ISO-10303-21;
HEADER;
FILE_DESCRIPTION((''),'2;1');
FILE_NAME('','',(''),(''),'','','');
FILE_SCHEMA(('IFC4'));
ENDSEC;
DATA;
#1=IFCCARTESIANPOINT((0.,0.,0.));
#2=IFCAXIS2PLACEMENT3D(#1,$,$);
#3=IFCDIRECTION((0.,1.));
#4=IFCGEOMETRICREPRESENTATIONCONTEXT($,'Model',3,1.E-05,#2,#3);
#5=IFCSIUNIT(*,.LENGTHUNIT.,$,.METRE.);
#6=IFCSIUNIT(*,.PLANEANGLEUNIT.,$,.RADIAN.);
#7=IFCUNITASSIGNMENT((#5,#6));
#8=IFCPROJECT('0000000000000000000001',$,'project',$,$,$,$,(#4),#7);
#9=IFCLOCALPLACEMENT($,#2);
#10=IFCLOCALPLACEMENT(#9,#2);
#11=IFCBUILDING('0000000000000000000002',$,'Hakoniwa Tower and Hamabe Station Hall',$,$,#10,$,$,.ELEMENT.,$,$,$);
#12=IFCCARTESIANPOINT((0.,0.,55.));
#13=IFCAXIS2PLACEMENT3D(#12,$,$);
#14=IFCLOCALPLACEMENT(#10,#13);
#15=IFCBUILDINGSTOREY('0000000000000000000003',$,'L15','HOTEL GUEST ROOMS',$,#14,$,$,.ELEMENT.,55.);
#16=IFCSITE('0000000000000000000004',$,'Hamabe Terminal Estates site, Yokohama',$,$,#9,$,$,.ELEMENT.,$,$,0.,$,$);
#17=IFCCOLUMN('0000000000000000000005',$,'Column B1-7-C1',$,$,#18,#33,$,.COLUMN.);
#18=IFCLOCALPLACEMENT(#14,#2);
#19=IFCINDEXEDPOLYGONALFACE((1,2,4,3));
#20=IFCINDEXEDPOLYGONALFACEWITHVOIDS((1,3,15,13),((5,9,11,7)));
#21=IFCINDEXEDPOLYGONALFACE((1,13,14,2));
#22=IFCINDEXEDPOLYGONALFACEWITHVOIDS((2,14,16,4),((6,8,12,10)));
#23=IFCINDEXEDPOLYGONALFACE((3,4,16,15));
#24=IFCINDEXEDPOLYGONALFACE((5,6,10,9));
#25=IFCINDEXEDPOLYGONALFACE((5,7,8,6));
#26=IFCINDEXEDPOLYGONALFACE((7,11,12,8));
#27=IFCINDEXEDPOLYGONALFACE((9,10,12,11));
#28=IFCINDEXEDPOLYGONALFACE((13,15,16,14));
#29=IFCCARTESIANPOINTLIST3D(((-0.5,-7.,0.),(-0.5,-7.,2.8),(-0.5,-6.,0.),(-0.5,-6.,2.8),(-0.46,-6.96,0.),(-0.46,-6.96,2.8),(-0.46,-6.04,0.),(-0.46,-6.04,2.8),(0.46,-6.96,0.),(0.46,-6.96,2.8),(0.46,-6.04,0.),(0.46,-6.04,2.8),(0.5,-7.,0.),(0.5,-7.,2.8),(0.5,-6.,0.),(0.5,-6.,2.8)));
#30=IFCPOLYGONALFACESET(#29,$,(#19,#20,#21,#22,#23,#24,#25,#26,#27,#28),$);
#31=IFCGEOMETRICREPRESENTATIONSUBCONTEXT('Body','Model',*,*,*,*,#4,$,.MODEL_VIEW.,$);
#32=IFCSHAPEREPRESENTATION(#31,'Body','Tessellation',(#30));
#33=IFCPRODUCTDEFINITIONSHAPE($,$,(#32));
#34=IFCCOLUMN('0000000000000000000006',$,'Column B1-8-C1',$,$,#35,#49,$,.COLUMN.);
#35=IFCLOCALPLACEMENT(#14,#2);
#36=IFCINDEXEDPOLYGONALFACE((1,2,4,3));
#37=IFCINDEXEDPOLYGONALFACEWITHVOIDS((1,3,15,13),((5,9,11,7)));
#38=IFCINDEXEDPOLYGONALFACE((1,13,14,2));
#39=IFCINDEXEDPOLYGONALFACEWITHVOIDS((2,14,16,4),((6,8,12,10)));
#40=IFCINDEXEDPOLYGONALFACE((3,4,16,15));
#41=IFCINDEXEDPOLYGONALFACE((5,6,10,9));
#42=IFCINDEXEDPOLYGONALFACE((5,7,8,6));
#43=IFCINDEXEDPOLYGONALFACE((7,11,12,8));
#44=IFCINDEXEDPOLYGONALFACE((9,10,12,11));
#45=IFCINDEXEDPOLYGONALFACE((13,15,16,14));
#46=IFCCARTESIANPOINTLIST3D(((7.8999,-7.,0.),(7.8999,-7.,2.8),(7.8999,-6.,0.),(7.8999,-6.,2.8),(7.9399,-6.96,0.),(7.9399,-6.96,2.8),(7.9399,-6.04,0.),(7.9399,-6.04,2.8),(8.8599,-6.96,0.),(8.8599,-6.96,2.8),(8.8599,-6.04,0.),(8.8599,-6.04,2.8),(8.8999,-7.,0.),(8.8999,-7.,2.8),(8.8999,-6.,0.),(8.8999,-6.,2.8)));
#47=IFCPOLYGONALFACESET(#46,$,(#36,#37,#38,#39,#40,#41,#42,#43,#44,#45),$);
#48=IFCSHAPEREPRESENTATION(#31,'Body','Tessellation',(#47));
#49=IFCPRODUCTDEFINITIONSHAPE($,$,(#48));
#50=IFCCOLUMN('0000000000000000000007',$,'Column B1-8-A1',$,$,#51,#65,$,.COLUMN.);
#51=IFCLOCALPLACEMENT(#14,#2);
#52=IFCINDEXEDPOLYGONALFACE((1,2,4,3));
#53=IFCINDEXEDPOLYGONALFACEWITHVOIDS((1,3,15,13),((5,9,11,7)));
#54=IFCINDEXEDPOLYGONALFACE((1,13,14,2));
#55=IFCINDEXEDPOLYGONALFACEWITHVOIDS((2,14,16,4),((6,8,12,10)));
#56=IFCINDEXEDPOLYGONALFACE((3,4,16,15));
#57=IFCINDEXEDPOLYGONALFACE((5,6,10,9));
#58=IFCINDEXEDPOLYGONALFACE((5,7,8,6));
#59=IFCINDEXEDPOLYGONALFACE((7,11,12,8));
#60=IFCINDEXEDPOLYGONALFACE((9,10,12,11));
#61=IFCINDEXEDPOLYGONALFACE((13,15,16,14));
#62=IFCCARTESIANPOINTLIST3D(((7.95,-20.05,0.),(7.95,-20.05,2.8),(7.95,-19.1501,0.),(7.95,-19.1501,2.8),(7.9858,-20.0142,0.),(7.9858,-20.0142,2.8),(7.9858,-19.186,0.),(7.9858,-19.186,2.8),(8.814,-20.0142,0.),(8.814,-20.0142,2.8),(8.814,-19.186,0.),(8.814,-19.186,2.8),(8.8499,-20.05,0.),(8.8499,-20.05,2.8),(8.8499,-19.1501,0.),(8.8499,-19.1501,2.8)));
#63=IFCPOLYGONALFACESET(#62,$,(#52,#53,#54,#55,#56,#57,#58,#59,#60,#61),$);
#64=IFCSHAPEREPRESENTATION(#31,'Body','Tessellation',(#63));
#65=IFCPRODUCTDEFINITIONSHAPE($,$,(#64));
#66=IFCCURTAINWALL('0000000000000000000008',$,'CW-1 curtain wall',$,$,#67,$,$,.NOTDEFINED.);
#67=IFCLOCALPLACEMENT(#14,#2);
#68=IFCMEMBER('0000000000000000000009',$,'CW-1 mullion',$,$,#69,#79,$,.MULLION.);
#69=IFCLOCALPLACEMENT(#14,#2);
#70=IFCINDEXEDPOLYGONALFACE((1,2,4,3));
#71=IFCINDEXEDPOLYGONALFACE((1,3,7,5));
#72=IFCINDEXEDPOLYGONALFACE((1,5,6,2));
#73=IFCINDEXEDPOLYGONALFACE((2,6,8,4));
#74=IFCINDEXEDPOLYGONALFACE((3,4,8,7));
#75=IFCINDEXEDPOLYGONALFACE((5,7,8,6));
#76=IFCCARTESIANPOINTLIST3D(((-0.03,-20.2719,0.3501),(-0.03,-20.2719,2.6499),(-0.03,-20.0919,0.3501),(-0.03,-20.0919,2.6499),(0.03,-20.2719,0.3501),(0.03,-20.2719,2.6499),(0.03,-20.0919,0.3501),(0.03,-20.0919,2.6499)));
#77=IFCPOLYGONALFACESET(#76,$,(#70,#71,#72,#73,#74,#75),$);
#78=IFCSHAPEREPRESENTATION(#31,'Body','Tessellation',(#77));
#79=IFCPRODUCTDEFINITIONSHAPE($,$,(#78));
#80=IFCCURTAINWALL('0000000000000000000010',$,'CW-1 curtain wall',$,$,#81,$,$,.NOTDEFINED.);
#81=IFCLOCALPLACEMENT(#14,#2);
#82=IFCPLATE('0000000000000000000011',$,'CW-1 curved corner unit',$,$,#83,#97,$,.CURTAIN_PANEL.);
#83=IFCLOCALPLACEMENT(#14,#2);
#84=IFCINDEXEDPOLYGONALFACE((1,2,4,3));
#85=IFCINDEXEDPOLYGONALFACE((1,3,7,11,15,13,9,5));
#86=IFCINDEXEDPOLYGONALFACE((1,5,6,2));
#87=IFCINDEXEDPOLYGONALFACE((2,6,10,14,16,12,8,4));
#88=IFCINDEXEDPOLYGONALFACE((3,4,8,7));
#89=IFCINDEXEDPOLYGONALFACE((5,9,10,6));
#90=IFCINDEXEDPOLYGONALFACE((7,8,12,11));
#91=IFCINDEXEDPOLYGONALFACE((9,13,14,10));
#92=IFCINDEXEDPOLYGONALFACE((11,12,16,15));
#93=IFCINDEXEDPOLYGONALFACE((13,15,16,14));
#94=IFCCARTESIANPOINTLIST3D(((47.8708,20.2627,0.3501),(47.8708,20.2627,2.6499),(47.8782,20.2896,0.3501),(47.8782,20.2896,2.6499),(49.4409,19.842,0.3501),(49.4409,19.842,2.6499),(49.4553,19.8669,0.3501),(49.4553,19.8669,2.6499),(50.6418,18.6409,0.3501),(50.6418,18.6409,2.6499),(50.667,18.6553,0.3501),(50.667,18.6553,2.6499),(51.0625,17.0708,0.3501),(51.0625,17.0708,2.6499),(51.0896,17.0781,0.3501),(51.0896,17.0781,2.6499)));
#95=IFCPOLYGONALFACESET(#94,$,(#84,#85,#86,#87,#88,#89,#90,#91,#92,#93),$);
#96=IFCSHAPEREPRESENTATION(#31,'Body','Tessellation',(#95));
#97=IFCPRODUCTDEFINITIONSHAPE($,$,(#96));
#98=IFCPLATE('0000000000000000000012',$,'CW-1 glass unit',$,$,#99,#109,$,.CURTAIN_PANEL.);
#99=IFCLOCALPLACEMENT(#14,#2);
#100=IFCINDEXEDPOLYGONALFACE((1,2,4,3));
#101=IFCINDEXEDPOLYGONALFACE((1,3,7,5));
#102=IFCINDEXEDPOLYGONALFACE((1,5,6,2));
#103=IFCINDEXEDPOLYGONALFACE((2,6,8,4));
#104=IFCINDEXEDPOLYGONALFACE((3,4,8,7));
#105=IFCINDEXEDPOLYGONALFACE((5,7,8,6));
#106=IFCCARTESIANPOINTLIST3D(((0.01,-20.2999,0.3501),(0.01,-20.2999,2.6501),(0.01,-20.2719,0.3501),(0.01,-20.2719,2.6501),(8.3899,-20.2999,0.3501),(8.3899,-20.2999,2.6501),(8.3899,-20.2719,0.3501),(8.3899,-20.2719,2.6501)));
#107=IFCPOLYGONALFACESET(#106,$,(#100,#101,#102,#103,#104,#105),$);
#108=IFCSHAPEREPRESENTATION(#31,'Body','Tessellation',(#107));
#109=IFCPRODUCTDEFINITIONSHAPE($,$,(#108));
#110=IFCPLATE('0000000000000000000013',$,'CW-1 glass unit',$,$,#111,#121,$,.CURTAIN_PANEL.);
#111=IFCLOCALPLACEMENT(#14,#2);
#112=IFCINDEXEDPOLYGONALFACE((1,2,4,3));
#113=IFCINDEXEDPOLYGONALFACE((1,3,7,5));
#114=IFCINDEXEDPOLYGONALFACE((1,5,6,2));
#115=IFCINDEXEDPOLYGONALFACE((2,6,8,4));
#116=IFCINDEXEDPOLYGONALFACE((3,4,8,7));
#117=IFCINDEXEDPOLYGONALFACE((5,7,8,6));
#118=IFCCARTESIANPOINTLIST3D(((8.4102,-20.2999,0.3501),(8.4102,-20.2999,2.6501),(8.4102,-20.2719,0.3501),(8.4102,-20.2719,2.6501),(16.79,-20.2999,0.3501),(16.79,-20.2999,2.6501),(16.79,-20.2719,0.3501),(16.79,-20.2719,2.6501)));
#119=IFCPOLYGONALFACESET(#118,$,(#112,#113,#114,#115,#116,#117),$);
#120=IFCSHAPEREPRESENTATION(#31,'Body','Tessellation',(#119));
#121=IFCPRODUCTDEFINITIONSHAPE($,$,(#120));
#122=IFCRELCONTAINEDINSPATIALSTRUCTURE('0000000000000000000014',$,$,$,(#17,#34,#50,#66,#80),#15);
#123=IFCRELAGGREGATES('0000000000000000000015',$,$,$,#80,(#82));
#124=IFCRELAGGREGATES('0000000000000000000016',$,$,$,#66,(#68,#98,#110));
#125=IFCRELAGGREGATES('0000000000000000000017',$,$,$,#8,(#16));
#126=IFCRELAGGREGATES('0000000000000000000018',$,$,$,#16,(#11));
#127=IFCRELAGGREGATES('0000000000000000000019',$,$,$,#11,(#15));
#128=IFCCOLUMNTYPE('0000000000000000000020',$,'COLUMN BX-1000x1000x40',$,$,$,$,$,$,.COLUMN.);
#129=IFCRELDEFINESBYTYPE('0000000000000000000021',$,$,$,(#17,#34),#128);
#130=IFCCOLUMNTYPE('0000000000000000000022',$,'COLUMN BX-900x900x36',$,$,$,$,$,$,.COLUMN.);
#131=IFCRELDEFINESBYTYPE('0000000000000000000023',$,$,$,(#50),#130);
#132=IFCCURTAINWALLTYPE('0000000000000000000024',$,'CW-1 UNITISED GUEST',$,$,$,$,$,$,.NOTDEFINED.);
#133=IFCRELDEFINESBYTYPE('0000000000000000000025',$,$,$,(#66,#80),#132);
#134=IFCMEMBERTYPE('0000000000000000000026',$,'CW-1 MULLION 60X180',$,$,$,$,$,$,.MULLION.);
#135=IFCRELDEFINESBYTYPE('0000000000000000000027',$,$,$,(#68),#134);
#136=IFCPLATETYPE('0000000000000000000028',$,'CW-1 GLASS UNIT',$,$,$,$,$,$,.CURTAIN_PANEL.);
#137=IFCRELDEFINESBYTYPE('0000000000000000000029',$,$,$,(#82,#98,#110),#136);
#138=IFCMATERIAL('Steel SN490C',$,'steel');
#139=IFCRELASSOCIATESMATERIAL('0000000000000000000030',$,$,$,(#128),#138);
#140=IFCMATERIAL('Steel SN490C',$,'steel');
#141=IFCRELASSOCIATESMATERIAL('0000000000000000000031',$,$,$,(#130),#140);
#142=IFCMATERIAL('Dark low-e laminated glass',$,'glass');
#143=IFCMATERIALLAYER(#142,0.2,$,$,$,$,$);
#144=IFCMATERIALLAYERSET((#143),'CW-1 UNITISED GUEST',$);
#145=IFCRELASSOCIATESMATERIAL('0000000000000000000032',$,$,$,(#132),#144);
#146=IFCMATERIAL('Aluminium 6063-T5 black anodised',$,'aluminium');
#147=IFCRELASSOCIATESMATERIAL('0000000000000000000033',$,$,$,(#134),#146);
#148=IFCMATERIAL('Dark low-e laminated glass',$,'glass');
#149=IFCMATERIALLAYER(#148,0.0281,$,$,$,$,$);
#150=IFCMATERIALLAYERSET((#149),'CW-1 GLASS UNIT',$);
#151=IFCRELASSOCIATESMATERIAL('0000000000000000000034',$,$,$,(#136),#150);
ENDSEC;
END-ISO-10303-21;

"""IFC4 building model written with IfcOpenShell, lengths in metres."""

from ifc_helpers import new_model, si_unit, direction, frame, origin, origin_2d, place, context, subcontext, project, spatial, polyline, rectangle, hollow_rectangle, outline, extrude, material, layer, layer_set, material_profile, profile_set, type_object, element, aggregate, save


model = new_model("IFC4")

# Units and contexts
model_context = context("Model", 3, precision=1e-05, world=origin(), true_north=direction((0.0, 1.0)))
body_context = subcontext(model_context, "Body", "Model", "MODEL_VIEW")
ifc_project = project(units=[si_unit("LENGTHUNIT", "METRE"), si_unit("PLANEANGLEUNIT", "RADIAN")], contexts=[model_context])

# Site, building, storey
site_placement = place(None, origin())
site = spatial("IfcSite", under=ifc_project, at=site_placement, Name="Hamabe Terminal Estates site, Yokohama", CompositionType="ELEMENT", RefElevation=0.0)
building_placement = place(site_placement, origin())
building = spatial("IfcBuilding", under=site, at=building_placement, Name="Hakoniwa Tower and Hamabe Station Hall", CompositionType="ELEMENT")
storey_placement = place(building_placement, frame((0.0, 0.0, 55.0)))
storey = spatial("IfcBuildingStorey", under=building, at=storey_placement, Name="L15", Description="HOTEL GUEST ROOMS", CompositionType="ELEMENT", Elevation=55.0)

# Columns
ifc_material_1 = material(Name="Steel SN490C", Category="steel")
ifc_material_profile_1 = material_profile(ifc_material_1, hollow_rectangle(XDim=1.0, YDim=1.0, WallThickness=0.04, at=origin_2d()), Name="BX-1000x1000x40")
ifc_profile_set_1 = profile_set([ifc_material_profile_1], Name="Steel SN490C")
column_type_1 = type_object("IfcColumnType", Name="COLUMN BX-1000x1000x40", PredefinedType="COLUMN", material=ifc_profile_set_1)
for number, where, z_axis, x_axis, name in (
    (1, (0.0, -6.5, 0.0), (0.0, 0.0, 1.0), (1.0, 0.0, 0.0), "Column B1-7-C1"),
    (2, (8.3999, -6.5, 0.0), (0.0, 0.0, 1.0), (1.0, 0.0, 0.0), "Column B1-8-C1"),
):
    element("IfcColumn", number, at=place(storey_placement, frame(where, z_axis=z_axis, x_axis=x_axis)), inside=storey, type_object=column_type_1, Name=name, PredefinedType="COLUMN", context=body_context, shape_type="SweptSolid", body=[
        extrude(hollow_rectangle(XDim=1.0, YDim=1.0, WallThickness=0.04, at=origin_2d()), origin(), (0.0, 0.0, 1.0), 2.8),
    ])
ifc_material_2 = material(Name="Steel SN490C", Category="steel")
ifc_material_profile_2 = material_profile(ifc_material_2, hollow_rectangle(XDim=0.8999, YDim=0.8999, WallThickness=0.0359, at=origin_2d()), Name="BX-900x900x36")
ifc_profile_set_2 = profile_set([ifc_material_profile_2], Name="Steel SN490C")
column_type_2 = type_object("IfcColumnType", Name="COLUMN BX-900x900x36", PredefinedType="COLUMN", material=ifc_profile_set_2)
column_placement = place(storey_placement, frame((8.3999, -19.6001, 0.0), z_axis=(0.0, 0.0, 1.0), x_axis=(1.0, 0.0, 0.0)))
element("IfcColumn", 3, at=column_placement, inside=storey, type_object=column_type_2, Name="Column B1-8-A1", PredefinedType="COLUMN", context=body_context, shape_type="SweptSolid", body=[
    extrude(hollow_rectangle(XDim=0.8999, YDim=0.8999, WallThickness=0.0359, at=origin_2d()), origin(), (0.0, 0.0, 1.0), 2.8),
])

# Curtain wall, member
ifc_material_3 = material(Name="Dark low-e laminated glass", Category="glass")
ifc_layer_1 = layer(ifc_material_3, 0.2)
ifc_layer_set_1 = layer_set([ifc_layer_1], Name="CW-1 UNITISED GUEST")
curtain_wall_type = type_object("IfcCurtainWallType", Name="CW-1 UNITISED GUEST", PredefinedType="NOTDEFINED", material=ifc_layer_set_1)
curtain_wall_1_placement = place(storey_placement, origin())
curtain_wall_1 = element("IfcCurtainWall", 4, at=curtain_wall_1_placement, inside=storey, type_object=curtain_wall_type, Name="CW-1 curtain wall", PredefinedType="NOTDEFINED")
ifc_material_4 = material(Name="Aluminium 6063-T5 black anodised", Category="aluminium")
ifc_material_profile_3 = material_profile(ifc_material_4, rectangle(XDim=0.0601, YDim=0.1799, at=origin_2d()), Name="CW-1 MULLION 60X180")
ifc_profile_set_3 = profile_set([ifc_material_profile_3], Name="Aluminium 6063-T5 black anodised")
member_type = type_object("IfcMemberType", Name="CW-1 MULLION 60X180", PredefinedType="MULLION", material=ifc_profile_set_3)
member_placement = place(storey_placement, frame((0.0, -20.1819, 0.3501), z_axis=(0.0, 0.0, 1.0), x_axis=(1.0, 0.0, 0.0)))
member = element("IfcMember", 5, at=member_placement, type_object=member_type, Name="CW-1 mullion", PredefinedType="MULLION", context=body_context, shape_type="SweptSolid", body=[
    extrude(rectangle(XDim=0.0601, YDim=0.1799, at=origin_2d()), origin(), (0.0, 0.0, 1.0), 2.2998),
])

# Curtain wall, plate
curtain_wall_2_placement = place(storey_placement, origin())
curtain_wall_2 = element("IfcCurtainWall", 6, at=curtain_wall_2_placement, inside=storey, type_object=curtain_wall_type, Name="CW-1 curtain wall", PredefinedType="NOTDEFINED")
ifc_material_5 = material(Name="Dark low-e laminated glass", Category="glass")
ifc_layer_2 = layer(ifc_material_5, 0.0281)
ifc_layer_set_2 = layer_set([ifc_layer_2], Name="CW-1 GLASS UNIT")
plate_type = type_object("IfcPlateType", Name="CW-1 GLASS UNIT", PredefinedType="CURTAIN_PANEL", material=ifc_layer_set_2)
plate_1_placement = place(storey_placement, frame((0.0, 0.0, 0.3501)))
plate_1 = element("IfcPlate", 7, at=plate_1_placement, type_object=plate_type, Name="CW-1 curved corner unit", PredefinedType="CURTAIN_PANEL", context=body_context, shape_type="SweptSolid", body=[
    extrude(outline(polyline([(51.0896, 17.0781), (50.667, 18.6553), (49.4553, 19.8669), (47.8782, 20.2896), (47.8708, 20.2627), (49.4409, 19.842), (50.6418, 18.6409), (51.0625, 17.0708), (51.0896, 17.0781)])), origin(), (0.0, 0.0, 1.0), 2.2998),
])
aggregate(curtain_wall_2, [plate_1])

# Plates
plate_2_placement = place(storey_placement, frame((4.2, -20.2859, 0.3501), z_axis=(0.0, 0.0, 1.0), x_axis=(1.0, 0.0, 0.0)))
plate_2 = element("IfcPlate", 8, at=plate_2_placement, type_object=plate_type, Name="CW-1 glass unit", PredefinedType="CURTAIN_PANEL", context=body_context, shape_type="SweptSolid", body=[
    extrude(rectangle(XDim=8.3799, YDim=0.0281, at=origin_2d()), origin(), (0.0, 0.0, 1.0), 2.3),
])
plate_3_placement = place(storey_placement, frame((12.6001, -20.2859, 0.3501), z_axis=(0.0, 0.0, 1.0), x_axis=(1.0, 0.0, 0.0)))
plate_3 = element("IfcPlate", 9, at=plate_3_placement, type_object=plate_type, Name="CW-1 glass unit", PredefinedType="CURTAIN_PANEL", context=body_context, shape_type="SweptSolid", body=[
    extrude(rectangle(XDim=8.3799, YDim=0.0281, at=origin_2d()), origin(), (0.0, 0.0, 1.0), 2.3),
])
aggregate(curtain_wall_1, [member, plate_2, plate_3])

save(model, "model.ifc")
